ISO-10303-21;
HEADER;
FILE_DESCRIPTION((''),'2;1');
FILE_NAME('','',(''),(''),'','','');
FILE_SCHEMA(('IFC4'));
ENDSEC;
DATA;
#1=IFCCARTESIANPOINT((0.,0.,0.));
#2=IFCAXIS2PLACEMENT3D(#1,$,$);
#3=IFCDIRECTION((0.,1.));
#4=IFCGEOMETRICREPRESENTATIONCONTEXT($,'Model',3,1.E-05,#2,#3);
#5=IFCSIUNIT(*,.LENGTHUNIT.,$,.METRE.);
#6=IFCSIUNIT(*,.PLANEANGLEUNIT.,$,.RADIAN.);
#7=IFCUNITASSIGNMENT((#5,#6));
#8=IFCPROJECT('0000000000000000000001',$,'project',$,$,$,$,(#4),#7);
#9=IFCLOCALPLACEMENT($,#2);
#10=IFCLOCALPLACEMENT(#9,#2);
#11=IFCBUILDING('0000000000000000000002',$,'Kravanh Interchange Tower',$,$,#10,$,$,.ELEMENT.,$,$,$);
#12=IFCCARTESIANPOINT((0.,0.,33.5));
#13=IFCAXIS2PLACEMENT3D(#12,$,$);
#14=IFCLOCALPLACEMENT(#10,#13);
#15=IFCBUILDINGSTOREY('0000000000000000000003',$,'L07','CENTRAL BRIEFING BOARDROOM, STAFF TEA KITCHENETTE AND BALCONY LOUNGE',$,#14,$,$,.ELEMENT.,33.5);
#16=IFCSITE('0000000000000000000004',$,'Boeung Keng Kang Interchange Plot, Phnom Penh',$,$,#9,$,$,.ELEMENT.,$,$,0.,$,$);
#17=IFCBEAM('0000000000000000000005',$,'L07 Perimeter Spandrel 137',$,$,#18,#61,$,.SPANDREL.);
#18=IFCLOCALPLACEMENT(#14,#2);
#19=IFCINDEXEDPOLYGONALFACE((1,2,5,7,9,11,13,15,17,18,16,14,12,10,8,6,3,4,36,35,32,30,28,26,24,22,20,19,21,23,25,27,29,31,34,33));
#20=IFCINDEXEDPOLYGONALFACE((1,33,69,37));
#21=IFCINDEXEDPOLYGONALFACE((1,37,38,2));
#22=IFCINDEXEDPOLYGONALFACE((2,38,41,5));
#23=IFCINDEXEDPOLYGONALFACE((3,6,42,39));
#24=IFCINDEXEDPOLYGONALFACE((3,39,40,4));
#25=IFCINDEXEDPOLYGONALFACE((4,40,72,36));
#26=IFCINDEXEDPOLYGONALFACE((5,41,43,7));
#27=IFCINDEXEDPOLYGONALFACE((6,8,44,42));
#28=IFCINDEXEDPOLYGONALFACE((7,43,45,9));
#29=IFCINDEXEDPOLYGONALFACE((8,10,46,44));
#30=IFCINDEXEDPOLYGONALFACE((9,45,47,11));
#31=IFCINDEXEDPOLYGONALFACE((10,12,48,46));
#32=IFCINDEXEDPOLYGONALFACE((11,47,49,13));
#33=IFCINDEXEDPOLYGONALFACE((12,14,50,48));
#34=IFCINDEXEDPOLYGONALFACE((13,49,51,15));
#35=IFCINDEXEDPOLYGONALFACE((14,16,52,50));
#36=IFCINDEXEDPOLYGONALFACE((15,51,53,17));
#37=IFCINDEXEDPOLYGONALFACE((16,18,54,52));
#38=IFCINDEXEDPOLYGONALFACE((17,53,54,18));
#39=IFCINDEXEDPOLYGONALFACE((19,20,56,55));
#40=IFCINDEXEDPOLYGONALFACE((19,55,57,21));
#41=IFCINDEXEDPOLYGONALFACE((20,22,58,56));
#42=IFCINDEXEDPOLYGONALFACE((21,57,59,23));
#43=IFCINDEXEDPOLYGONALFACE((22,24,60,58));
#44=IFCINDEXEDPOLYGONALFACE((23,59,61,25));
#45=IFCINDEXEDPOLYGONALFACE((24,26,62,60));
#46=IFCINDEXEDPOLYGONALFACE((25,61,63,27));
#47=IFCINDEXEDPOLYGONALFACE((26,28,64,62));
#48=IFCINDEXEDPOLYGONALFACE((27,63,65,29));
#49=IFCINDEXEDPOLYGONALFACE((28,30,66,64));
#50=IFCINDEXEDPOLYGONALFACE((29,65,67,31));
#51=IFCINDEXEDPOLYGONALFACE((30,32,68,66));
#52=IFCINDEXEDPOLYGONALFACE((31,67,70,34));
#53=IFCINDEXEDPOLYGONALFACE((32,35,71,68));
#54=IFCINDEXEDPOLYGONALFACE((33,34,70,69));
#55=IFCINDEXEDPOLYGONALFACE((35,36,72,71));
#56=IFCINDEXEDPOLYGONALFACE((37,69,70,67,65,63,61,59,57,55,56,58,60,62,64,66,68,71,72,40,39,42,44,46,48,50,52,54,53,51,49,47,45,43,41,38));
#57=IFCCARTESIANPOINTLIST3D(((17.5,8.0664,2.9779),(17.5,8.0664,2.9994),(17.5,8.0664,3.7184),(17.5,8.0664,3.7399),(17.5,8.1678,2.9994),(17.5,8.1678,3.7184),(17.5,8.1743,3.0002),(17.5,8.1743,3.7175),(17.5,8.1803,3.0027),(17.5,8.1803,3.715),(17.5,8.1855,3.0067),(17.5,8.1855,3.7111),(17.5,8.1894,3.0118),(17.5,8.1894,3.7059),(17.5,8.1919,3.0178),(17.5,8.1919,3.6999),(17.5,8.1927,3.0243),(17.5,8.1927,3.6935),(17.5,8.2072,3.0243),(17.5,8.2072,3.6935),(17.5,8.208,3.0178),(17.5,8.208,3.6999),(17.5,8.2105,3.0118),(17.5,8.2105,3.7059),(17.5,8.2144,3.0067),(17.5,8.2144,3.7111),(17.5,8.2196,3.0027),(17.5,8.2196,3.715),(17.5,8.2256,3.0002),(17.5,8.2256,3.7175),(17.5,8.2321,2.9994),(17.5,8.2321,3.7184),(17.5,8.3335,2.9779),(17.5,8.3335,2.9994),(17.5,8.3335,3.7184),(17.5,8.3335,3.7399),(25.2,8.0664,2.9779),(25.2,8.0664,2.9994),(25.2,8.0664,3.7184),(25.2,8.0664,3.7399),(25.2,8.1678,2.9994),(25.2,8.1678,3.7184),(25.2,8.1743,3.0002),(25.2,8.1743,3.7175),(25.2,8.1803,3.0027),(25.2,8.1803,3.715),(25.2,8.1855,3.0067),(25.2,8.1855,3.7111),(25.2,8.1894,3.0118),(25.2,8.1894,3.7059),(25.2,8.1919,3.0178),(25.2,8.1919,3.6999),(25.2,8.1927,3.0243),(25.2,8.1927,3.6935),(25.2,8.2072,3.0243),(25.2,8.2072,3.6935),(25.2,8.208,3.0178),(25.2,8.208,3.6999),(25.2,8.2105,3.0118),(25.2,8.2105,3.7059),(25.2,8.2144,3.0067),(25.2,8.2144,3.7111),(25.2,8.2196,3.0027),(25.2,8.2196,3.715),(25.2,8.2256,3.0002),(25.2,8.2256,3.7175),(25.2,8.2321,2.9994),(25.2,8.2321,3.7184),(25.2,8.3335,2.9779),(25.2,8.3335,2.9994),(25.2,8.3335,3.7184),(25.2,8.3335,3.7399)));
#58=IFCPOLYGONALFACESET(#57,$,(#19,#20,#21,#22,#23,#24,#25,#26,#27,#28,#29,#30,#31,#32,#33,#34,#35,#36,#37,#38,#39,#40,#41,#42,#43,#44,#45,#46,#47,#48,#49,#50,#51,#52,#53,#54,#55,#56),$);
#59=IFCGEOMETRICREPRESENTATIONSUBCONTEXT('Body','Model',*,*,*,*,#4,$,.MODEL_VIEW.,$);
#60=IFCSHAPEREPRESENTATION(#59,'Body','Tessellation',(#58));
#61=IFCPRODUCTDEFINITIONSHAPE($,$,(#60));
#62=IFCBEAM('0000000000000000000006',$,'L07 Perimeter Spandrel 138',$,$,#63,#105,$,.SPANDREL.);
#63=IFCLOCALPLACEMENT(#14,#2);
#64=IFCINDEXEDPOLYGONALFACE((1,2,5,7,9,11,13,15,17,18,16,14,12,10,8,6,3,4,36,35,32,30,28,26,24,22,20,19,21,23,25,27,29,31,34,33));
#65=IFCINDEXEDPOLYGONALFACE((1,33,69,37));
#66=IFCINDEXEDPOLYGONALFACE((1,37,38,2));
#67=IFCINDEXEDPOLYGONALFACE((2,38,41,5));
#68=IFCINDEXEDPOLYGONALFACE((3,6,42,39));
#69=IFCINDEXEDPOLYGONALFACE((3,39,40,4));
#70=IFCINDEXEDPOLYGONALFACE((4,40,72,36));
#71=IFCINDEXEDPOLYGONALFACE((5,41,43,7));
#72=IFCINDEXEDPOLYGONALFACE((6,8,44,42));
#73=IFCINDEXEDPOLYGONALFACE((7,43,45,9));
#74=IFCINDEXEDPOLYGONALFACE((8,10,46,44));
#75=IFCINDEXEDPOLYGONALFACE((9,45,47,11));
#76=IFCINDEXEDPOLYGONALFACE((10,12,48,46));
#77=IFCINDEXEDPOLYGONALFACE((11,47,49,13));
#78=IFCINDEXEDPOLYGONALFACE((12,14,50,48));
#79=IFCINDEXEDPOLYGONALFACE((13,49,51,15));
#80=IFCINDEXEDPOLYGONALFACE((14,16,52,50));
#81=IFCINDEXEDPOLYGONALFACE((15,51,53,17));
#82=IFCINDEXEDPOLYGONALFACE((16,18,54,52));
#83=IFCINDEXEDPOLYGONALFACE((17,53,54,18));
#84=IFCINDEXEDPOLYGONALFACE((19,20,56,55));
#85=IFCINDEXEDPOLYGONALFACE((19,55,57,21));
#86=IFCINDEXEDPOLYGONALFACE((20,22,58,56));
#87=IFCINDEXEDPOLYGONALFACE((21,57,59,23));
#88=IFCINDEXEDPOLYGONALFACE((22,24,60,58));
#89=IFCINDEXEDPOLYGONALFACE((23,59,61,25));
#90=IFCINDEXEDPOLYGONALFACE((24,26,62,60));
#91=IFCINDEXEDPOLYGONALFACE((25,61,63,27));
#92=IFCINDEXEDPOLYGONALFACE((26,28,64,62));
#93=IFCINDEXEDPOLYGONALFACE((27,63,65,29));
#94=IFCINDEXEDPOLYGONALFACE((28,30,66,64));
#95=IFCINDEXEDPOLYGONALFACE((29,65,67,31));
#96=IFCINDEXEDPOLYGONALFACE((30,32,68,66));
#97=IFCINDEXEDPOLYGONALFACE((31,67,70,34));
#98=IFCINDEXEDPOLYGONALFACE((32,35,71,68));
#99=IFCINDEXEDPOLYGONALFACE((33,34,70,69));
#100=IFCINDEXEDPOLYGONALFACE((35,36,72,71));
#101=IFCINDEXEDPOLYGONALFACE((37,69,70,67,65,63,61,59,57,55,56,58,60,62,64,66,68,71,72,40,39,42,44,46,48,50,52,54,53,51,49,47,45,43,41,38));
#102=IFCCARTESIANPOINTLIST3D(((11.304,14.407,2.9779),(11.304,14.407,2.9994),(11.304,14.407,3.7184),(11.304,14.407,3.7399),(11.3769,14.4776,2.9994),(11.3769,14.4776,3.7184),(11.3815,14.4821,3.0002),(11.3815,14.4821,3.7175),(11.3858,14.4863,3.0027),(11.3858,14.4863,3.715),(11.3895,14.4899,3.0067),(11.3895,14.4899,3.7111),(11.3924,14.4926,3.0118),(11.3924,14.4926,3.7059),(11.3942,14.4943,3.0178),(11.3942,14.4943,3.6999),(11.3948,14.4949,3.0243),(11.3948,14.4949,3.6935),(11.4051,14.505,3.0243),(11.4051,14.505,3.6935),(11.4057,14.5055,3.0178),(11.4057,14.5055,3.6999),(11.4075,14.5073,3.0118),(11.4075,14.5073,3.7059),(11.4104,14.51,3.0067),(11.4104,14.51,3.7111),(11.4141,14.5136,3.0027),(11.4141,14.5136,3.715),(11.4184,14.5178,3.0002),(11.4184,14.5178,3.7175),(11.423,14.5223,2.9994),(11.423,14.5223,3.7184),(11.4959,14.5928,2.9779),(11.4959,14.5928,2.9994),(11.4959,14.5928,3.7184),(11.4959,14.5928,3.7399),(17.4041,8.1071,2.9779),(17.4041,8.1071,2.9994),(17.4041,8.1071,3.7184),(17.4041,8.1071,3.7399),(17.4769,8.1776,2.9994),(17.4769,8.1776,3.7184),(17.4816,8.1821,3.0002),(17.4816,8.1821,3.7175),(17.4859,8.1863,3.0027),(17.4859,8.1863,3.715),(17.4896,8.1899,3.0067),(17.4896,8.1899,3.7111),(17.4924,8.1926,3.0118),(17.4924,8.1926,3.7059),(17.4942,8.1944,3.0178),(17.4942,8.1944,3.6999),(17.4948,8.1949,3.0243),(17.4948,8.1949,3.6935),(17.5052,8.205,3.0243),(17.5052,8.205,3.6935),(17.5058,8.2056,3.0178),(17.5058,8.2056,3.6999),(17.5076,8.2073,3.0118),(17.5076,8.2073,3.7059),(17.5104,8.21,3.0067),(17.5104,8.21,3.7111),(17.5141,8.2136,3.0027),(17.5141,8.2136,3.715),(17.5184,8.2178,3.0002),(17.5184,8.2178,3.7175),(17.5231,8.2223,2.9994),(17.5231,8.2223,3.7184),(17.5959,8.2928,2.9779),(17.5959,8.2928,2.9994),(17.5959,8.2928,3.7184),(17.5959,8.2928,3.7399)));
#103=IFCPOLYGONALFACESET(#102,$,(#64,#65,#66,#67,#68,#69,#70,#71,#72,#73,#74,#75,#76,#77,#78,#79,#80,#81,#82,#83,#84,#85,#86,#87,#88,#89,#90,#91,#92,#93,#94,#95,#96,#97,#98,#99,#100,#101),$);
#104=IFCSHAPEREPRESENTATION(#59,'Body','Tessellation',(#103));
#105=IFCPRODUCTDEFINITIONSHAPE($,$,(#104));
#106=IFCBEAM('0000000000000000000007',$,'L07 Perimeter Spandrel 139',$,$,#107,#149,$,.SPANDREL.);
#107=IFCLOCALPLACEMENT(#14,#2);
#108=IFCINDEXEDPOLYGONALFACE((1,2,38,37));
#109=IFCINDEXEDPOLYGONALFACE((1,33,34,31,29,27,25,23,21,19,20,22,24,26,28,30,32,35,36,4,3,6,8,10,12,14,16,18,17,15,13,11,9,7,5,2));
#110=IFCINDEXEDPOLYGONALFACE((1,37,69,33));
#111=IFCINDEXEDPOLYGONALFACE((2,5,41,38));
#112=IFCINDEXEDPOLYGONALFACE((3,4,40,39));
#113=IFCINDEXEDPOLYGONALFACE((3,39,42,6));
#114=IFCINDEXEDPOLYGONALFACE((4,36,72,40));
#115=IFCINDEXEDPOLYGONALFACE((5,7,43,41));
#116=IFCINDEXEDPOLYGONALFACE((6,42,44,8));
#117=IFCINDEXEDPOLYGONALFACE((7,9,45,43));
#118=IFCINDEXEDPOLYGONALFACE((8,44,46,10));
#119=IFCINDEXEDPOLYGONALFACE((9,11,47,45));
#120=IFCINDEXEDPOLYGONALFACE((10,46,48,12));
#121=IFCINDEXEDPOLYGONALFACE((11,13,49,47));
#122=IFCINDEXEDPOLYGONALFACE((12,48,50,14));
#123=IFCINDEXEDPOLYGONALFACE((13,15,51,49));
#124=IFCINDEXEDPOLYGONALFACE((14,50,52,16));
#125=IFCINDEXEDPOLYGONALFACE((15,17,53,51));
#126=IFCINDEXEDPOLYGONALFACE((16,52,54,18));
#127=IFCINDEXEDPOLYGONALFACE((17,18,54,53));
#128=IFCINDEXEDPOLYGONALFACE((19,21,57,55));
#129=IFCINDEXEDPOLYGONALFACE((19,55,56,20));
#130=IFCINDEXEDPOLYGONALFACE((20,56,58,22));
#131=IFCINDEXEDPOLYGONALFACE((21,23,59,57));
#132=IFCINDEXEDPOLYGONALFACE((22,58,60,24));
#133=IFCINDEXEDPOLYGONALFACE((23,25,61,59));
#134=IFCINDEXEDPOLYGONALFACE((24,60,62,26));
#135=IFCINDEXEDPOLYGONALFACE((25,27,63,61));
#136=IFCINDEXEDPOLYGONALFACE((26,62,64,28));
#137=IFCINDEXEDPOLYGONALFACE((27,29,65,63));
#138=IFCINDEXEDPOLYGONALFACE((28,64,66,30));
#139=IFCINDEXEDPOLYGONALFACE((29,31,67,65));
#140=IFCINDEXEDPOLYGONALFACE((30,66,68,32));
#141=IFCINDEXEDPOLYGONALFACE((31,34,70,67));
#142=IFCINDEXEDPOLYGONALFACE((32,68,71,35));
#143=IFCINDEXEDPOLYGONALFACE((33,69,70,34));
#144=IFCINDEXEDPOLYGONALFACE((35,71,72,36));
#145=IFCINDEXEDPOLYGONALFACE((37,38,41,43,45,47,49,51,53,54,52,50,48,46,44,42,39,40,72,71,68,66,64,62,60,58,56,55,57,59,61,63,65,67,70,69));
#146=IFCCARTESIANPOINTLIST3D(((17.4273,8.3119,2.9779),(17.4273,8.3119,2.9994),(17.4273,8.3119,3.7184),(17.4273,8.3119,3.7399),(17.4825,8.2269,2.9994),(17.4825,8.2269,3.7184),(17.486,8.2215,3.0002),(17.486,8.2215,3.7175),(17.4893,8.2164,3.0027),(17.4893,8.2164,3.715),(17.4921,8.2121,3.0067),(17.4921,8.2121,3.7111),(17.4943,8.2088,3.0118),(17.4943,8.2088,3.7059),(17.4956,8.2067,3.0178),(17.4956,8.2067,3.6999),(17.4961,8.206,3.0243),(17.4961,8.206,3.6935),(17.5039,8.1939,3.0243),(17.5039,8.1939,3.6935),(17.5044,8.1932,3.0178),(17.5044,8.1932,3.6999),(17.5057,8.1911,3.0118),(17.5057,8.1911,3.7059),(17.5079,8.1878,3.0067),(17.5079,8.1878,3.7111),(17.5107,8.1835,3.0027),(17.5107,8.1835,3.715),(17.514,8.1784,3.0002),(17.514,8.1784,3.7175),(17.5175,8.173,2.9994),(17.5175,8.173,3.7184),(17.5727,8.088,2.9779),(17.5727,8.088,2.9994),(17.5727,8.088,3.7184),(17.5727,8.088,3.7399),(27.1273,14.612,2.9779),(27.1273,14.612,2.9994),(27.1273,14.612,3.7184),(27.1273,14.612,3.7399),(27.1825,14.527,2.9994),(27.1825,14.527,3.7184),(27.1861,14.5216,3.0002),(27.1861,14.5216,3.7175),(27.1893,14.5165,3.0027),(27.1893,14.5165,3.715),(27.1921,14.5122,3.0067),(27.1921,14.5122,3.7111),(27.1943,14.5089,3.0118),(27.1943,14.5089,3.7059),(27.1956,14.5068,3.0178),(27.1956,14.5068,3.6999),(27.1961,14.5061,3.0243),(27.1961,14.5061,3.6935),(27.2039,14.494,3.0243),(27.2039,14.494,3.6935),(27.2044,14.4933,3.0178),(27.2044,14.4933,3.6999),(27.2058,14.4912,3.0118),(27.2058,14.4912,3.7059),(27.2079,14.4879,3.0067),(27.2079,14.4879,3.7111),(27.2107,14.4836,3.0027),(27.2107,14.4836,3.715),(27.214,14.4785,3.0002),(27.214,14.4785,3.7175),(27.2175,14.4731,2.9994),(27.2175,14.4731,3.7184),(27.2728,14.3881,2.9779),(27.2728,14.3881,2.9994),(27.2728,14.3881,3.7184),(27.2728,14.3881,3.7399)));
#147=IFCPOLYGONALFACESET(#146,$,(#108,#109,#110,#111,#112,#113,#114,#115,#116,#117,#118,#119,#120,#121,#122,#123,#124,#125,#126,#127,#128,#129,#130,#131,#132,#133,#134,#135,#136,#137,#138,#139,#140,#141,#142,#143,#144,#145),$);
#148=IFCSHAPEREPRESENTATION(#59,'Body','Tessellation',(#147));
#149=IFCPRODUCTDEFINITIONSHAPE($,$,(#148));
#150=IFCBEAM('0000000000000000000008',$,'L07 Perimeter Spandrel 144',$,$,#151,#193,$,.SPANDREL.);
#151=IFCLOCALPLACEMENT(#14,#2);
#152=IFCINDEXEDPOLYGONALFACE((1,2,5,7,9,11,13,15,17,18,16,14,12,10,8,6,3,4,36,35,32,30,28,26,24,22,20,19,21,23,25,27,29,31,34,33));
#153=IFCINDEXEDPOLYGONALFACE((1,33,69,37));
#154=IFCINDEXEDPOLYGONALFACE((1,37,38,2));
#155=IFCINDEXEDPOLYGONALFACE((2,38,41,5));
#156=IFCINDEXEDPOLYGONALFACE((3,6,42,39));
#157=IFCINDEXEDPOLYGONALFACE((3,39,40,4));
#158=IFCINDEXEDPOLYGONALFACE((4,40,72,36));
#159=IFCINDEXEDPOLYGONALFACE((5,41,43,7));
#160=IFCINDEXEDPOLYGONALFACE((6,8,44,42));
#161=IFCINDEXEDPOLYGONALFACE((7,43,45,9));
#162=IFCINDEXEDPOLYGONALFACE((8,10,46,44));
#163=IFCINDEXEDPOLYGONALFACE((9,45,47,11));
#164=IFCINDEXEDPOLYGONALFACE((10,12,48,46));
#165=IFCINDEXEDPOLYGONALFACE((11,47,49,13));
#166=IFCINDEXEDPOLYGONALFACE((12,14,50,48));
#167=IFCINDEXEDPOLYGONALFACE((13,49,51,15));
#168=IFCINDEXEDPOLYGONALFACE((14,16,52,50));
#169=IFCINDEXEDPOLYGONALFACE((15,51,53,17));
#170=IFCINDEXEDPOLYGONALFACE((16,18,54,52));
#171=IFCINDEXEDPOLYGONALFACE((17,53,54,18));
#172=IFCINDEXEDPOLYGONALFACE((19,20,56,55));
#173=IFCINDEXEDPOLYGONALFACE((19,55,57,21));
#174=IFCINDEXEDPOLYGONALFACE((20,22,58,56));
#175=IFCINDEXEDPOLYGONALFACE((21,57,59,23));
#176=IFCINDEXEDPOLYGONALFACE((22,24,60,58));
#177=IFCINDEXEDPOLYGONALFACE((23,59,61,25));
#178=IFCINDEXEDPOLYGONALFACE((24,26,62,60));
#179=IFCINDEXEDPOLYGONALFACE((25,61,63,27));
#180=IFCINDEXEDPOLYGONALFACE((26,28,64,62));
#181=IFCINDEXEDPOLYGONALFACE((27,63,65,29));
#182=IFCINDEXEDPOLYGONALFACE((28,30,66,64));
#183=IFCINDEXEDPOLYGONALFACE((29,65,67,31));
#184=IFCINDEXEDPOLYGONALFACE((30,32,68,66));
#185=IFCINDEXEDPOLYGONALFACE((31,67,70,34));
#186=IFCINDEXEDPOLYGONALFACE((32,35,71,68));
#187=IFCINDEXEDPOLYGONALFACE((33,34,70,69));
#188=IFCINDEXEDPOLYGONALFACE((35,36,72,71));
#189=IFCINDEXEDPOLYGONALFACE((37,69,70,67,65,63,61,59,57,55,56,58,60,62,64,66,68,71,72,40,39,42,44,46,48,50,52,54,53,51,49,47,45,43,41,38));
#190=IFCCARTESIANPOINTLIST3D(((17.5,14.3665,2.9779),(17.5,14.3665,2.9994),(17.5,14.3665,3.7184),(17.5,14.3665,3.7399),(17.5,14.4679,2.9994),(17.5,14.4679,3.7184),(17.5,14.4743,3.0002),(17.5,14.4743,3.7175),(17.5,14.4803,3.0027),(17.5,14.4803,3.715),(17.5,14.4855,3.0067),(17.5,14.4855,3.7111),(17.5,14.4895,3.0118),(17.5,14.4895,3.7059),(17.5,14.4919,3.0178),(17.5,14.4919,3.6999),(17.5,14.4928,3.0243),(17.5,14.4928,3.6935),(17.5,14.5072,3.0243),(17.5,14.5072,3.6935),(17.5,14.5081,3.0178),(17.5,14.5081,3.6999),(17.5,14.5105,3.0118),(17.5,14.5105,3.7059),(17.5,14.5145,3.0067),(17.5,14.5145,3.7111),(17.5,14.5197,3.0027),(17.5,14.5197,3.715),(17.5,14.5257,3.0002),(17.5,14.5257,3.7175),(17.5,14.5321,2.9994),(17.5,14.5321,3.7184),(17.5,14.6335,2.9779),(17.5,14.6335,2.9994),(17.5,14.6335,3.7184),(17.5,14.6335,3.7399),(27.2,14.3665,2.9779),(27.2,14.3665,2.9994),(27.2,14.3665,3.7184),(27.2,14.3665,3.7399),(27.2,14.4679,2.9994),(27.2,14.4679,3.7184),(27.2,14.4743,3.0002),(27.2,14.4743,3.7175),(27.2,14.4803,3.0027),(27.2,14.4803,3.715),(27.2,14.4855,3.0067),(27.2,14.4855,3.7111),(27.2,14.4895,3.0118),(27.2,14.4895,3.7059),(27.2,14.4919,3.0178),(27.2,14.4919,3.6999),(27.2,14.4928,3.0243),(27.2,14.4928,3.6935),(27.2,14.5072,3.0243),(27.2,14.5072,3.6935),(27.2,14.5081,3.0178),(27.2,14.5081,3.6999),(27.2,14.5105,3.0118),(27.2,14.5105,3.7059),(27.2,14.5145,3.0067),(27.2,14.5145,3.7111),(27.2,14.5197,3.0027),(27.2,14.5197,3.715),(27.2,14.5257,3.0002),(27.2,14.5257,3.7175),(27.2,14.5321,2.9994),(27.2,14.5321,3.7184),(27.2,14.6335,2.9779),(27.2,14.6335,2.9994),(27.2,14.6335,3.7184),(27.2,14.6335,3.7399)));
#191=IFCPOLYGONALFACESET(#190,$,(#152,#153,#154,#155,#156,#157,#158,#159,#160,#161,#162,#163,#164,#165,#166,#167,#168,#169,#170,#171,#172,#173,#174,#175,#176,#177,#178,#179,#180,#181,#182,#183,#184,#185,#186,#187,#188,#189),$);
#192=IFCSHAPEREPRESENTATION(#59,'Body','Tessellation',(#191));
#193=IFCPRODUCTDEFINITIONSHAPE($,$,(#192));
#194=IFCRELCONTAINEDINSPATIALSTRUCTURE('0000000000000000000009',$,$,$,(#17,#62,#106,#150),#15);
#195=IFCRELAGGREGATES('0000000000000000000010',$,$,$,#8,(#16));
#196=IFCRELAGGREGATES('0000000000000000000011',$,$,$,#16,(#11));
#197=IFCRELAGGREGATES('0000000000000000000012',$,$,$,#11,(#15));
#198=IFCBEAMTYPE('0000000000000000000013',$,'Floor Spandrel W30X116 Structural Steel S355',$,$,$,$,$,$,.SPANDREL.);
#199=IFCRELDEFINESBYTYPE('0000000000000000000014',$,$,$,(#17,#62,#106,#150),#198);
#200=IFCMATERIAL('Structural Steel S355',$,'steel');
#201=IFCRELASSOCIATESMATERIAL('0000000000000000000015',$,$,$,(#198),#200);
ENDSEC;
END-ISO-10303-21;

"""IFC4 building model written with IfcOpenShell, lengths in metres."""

from ifc_helpers import new_model, si_unit, direction, frame, origin, origin_2d, place, context, subcontext, project, spatial, i_section, extrude, material, material_profile, profile_set, type_object, element, save


model = new_model("IFC4")

# Units and contexts
model_context = context("Model", 3, precision=1e-05, world=origin(), true_north=direction((0.0, 1.0)))
body_context = subcontext(model_context, "Body", "Model", "MODEL_VIEW")
ifc_project = project(units=[si_unit("LENGTHUNIT", "METRE"), si_unit("PLANEANGLEUNIT", "RADIAN")], contexts=[model_context])

# Site, building, storey
site_placement = place(None, origin())
site = spatial("IfcSite", under=ifc_project, at=site_placement, Name="Boeung Keng Kang Interchange Plot, Phnom Penh", CompositionType="ELEMENT", RefElevation=0.0)
building_placement = place(site_placement, origin())
building = spatial("IfcBuilding", under=site, at=building_placement, Name="Kravanh Interchange Tower", CompositionType="ELEMENT")
storey_placement = place(building_placement, frame((0.0, 0.0, 33.5)))
storey = spatial("IfcBuildingStorey", under=building, at=storey_placement, Name="L07", Description="CENTRAL BRIEFING BOARDROOM, STAFF TEA KITCHENETTE AND BALCONY LOUNGE", CompositionType="ELEMENT", Elevation=33.5)

# Beams
ifc_material_1 = material(Name="Structural Steel S355", Category="steel")
ifc_material_profile_1 = material_profile(ifc_material_1, i_section(OverallWidth=0.2671, OverallDepth=0.762, WebThickness=0.0144, FlangeThickness=0.0215, FilletRadius=0.0249, at=origin_2d()), Name="W30X116")
ifc_profile_set_1 = profile_set([ifc_material_profile_1], Name="Structural Steel S355")
beam_type_1 = type_object("IfcBeamType", Name="Floor Spandrel W30X116 Structural Steel S355", PredefinedType="SPANDREL", material=ifc_profile_set_1)
beam_1_placement = place(storey_placement, frame((17.5, 8.2, 3.3589), z_axis=(1.0, 0.0, 0.0), x_axis=(0.0, 1.0, 0.0)))
element("IfcBeam", 1, at=beam_1_placement, inside=storey, type_object=beam_type_1, Name="L07 Perimeter Spandrel 137", PredefinedType="SPANDREL", context=body_context, shape_type="SweptSolid", body=[
    extrude(i_section(OverallWidth=0.2671, OverallDepth=0.762, WebThickness=0.0144, FlangeThickness=0.0215, FilletRadius=0.0249, at=origin_2d()), origin(), (0.0, 0.0, 1.0), 7.7),
])
beam_2_placement = place(storey_placement, frame((17.5, 8.2, 3.3589), z_axis=(-0.695614, 0.718415, 0.0), x_axis=(-0.718415, -0.695614, 0.0)))
element("IfcBeam", 2, at=beam_2_placement, inside=storey, type_object=beam_type_1, Name="L07 Perimeter Spandrel 138", PredefinedType="SPANDREL", context=body_context, shape_type="SweptSolid", body=[
    extrude(i_section(OverallWidth=0.2671, OverallDepth=0.762, WebThickness=0.0144, FlangeThickness=0.0215, FilletRadius=0.0249, at=origin_2d()), origin(), (0.0, 0.0, 1.0), 8.7693),
])
beam_3_placement = place(storey_placement, frame((17.5, 8.2, 3.3589), z_axis=(0.838638, 0.544689, 0.0), x_axis=(-0.544689, 0.838638, 0.0)))
element("IfcBeam", 3, at=beam_3_placement, inside=storey, type_object=beam_type_1, Name="L07 Perimeter Spandrel 139", PredefinedType="SPANDREL", context=body_context, shape_type="SweptSolid", body=[
    extrude(i_section(OverallWidth=0.2671, OverallDepth=0.762, WebThickness=0.0144, FlangeThickness=0.0215, FilletRadius=0.0249, at=origin_2d()), origin(), (0.0, 0.0, 1.0), 11.5664),
])
beam_4_placement = place(storey_placement, frame((17.5, 14.5, 3.3589), z_axis=(1.0, 0.0, 0.0), x_axis=(0.0, 1.0, 0.0)))
element("IfcBeam", 4, at=beam_4_placement, inside=storey, type_object=beam_type_1, Name="L07 Perimeter Spandrel 144", PredefinedType="SPANDREL", context=body_context, shape_type="SweptSolid", body=[
    extrude(i_section(OverallWidth=0.2671, OverallDepth=0.762, WebThickness=0.0144, FlangeThickness=0.0215, FilletRadius=0.0249, at=origin_2d()), origin(), (0.0, 0.0, 1.0), 9.7),
])

save(model, "model.ifc")
